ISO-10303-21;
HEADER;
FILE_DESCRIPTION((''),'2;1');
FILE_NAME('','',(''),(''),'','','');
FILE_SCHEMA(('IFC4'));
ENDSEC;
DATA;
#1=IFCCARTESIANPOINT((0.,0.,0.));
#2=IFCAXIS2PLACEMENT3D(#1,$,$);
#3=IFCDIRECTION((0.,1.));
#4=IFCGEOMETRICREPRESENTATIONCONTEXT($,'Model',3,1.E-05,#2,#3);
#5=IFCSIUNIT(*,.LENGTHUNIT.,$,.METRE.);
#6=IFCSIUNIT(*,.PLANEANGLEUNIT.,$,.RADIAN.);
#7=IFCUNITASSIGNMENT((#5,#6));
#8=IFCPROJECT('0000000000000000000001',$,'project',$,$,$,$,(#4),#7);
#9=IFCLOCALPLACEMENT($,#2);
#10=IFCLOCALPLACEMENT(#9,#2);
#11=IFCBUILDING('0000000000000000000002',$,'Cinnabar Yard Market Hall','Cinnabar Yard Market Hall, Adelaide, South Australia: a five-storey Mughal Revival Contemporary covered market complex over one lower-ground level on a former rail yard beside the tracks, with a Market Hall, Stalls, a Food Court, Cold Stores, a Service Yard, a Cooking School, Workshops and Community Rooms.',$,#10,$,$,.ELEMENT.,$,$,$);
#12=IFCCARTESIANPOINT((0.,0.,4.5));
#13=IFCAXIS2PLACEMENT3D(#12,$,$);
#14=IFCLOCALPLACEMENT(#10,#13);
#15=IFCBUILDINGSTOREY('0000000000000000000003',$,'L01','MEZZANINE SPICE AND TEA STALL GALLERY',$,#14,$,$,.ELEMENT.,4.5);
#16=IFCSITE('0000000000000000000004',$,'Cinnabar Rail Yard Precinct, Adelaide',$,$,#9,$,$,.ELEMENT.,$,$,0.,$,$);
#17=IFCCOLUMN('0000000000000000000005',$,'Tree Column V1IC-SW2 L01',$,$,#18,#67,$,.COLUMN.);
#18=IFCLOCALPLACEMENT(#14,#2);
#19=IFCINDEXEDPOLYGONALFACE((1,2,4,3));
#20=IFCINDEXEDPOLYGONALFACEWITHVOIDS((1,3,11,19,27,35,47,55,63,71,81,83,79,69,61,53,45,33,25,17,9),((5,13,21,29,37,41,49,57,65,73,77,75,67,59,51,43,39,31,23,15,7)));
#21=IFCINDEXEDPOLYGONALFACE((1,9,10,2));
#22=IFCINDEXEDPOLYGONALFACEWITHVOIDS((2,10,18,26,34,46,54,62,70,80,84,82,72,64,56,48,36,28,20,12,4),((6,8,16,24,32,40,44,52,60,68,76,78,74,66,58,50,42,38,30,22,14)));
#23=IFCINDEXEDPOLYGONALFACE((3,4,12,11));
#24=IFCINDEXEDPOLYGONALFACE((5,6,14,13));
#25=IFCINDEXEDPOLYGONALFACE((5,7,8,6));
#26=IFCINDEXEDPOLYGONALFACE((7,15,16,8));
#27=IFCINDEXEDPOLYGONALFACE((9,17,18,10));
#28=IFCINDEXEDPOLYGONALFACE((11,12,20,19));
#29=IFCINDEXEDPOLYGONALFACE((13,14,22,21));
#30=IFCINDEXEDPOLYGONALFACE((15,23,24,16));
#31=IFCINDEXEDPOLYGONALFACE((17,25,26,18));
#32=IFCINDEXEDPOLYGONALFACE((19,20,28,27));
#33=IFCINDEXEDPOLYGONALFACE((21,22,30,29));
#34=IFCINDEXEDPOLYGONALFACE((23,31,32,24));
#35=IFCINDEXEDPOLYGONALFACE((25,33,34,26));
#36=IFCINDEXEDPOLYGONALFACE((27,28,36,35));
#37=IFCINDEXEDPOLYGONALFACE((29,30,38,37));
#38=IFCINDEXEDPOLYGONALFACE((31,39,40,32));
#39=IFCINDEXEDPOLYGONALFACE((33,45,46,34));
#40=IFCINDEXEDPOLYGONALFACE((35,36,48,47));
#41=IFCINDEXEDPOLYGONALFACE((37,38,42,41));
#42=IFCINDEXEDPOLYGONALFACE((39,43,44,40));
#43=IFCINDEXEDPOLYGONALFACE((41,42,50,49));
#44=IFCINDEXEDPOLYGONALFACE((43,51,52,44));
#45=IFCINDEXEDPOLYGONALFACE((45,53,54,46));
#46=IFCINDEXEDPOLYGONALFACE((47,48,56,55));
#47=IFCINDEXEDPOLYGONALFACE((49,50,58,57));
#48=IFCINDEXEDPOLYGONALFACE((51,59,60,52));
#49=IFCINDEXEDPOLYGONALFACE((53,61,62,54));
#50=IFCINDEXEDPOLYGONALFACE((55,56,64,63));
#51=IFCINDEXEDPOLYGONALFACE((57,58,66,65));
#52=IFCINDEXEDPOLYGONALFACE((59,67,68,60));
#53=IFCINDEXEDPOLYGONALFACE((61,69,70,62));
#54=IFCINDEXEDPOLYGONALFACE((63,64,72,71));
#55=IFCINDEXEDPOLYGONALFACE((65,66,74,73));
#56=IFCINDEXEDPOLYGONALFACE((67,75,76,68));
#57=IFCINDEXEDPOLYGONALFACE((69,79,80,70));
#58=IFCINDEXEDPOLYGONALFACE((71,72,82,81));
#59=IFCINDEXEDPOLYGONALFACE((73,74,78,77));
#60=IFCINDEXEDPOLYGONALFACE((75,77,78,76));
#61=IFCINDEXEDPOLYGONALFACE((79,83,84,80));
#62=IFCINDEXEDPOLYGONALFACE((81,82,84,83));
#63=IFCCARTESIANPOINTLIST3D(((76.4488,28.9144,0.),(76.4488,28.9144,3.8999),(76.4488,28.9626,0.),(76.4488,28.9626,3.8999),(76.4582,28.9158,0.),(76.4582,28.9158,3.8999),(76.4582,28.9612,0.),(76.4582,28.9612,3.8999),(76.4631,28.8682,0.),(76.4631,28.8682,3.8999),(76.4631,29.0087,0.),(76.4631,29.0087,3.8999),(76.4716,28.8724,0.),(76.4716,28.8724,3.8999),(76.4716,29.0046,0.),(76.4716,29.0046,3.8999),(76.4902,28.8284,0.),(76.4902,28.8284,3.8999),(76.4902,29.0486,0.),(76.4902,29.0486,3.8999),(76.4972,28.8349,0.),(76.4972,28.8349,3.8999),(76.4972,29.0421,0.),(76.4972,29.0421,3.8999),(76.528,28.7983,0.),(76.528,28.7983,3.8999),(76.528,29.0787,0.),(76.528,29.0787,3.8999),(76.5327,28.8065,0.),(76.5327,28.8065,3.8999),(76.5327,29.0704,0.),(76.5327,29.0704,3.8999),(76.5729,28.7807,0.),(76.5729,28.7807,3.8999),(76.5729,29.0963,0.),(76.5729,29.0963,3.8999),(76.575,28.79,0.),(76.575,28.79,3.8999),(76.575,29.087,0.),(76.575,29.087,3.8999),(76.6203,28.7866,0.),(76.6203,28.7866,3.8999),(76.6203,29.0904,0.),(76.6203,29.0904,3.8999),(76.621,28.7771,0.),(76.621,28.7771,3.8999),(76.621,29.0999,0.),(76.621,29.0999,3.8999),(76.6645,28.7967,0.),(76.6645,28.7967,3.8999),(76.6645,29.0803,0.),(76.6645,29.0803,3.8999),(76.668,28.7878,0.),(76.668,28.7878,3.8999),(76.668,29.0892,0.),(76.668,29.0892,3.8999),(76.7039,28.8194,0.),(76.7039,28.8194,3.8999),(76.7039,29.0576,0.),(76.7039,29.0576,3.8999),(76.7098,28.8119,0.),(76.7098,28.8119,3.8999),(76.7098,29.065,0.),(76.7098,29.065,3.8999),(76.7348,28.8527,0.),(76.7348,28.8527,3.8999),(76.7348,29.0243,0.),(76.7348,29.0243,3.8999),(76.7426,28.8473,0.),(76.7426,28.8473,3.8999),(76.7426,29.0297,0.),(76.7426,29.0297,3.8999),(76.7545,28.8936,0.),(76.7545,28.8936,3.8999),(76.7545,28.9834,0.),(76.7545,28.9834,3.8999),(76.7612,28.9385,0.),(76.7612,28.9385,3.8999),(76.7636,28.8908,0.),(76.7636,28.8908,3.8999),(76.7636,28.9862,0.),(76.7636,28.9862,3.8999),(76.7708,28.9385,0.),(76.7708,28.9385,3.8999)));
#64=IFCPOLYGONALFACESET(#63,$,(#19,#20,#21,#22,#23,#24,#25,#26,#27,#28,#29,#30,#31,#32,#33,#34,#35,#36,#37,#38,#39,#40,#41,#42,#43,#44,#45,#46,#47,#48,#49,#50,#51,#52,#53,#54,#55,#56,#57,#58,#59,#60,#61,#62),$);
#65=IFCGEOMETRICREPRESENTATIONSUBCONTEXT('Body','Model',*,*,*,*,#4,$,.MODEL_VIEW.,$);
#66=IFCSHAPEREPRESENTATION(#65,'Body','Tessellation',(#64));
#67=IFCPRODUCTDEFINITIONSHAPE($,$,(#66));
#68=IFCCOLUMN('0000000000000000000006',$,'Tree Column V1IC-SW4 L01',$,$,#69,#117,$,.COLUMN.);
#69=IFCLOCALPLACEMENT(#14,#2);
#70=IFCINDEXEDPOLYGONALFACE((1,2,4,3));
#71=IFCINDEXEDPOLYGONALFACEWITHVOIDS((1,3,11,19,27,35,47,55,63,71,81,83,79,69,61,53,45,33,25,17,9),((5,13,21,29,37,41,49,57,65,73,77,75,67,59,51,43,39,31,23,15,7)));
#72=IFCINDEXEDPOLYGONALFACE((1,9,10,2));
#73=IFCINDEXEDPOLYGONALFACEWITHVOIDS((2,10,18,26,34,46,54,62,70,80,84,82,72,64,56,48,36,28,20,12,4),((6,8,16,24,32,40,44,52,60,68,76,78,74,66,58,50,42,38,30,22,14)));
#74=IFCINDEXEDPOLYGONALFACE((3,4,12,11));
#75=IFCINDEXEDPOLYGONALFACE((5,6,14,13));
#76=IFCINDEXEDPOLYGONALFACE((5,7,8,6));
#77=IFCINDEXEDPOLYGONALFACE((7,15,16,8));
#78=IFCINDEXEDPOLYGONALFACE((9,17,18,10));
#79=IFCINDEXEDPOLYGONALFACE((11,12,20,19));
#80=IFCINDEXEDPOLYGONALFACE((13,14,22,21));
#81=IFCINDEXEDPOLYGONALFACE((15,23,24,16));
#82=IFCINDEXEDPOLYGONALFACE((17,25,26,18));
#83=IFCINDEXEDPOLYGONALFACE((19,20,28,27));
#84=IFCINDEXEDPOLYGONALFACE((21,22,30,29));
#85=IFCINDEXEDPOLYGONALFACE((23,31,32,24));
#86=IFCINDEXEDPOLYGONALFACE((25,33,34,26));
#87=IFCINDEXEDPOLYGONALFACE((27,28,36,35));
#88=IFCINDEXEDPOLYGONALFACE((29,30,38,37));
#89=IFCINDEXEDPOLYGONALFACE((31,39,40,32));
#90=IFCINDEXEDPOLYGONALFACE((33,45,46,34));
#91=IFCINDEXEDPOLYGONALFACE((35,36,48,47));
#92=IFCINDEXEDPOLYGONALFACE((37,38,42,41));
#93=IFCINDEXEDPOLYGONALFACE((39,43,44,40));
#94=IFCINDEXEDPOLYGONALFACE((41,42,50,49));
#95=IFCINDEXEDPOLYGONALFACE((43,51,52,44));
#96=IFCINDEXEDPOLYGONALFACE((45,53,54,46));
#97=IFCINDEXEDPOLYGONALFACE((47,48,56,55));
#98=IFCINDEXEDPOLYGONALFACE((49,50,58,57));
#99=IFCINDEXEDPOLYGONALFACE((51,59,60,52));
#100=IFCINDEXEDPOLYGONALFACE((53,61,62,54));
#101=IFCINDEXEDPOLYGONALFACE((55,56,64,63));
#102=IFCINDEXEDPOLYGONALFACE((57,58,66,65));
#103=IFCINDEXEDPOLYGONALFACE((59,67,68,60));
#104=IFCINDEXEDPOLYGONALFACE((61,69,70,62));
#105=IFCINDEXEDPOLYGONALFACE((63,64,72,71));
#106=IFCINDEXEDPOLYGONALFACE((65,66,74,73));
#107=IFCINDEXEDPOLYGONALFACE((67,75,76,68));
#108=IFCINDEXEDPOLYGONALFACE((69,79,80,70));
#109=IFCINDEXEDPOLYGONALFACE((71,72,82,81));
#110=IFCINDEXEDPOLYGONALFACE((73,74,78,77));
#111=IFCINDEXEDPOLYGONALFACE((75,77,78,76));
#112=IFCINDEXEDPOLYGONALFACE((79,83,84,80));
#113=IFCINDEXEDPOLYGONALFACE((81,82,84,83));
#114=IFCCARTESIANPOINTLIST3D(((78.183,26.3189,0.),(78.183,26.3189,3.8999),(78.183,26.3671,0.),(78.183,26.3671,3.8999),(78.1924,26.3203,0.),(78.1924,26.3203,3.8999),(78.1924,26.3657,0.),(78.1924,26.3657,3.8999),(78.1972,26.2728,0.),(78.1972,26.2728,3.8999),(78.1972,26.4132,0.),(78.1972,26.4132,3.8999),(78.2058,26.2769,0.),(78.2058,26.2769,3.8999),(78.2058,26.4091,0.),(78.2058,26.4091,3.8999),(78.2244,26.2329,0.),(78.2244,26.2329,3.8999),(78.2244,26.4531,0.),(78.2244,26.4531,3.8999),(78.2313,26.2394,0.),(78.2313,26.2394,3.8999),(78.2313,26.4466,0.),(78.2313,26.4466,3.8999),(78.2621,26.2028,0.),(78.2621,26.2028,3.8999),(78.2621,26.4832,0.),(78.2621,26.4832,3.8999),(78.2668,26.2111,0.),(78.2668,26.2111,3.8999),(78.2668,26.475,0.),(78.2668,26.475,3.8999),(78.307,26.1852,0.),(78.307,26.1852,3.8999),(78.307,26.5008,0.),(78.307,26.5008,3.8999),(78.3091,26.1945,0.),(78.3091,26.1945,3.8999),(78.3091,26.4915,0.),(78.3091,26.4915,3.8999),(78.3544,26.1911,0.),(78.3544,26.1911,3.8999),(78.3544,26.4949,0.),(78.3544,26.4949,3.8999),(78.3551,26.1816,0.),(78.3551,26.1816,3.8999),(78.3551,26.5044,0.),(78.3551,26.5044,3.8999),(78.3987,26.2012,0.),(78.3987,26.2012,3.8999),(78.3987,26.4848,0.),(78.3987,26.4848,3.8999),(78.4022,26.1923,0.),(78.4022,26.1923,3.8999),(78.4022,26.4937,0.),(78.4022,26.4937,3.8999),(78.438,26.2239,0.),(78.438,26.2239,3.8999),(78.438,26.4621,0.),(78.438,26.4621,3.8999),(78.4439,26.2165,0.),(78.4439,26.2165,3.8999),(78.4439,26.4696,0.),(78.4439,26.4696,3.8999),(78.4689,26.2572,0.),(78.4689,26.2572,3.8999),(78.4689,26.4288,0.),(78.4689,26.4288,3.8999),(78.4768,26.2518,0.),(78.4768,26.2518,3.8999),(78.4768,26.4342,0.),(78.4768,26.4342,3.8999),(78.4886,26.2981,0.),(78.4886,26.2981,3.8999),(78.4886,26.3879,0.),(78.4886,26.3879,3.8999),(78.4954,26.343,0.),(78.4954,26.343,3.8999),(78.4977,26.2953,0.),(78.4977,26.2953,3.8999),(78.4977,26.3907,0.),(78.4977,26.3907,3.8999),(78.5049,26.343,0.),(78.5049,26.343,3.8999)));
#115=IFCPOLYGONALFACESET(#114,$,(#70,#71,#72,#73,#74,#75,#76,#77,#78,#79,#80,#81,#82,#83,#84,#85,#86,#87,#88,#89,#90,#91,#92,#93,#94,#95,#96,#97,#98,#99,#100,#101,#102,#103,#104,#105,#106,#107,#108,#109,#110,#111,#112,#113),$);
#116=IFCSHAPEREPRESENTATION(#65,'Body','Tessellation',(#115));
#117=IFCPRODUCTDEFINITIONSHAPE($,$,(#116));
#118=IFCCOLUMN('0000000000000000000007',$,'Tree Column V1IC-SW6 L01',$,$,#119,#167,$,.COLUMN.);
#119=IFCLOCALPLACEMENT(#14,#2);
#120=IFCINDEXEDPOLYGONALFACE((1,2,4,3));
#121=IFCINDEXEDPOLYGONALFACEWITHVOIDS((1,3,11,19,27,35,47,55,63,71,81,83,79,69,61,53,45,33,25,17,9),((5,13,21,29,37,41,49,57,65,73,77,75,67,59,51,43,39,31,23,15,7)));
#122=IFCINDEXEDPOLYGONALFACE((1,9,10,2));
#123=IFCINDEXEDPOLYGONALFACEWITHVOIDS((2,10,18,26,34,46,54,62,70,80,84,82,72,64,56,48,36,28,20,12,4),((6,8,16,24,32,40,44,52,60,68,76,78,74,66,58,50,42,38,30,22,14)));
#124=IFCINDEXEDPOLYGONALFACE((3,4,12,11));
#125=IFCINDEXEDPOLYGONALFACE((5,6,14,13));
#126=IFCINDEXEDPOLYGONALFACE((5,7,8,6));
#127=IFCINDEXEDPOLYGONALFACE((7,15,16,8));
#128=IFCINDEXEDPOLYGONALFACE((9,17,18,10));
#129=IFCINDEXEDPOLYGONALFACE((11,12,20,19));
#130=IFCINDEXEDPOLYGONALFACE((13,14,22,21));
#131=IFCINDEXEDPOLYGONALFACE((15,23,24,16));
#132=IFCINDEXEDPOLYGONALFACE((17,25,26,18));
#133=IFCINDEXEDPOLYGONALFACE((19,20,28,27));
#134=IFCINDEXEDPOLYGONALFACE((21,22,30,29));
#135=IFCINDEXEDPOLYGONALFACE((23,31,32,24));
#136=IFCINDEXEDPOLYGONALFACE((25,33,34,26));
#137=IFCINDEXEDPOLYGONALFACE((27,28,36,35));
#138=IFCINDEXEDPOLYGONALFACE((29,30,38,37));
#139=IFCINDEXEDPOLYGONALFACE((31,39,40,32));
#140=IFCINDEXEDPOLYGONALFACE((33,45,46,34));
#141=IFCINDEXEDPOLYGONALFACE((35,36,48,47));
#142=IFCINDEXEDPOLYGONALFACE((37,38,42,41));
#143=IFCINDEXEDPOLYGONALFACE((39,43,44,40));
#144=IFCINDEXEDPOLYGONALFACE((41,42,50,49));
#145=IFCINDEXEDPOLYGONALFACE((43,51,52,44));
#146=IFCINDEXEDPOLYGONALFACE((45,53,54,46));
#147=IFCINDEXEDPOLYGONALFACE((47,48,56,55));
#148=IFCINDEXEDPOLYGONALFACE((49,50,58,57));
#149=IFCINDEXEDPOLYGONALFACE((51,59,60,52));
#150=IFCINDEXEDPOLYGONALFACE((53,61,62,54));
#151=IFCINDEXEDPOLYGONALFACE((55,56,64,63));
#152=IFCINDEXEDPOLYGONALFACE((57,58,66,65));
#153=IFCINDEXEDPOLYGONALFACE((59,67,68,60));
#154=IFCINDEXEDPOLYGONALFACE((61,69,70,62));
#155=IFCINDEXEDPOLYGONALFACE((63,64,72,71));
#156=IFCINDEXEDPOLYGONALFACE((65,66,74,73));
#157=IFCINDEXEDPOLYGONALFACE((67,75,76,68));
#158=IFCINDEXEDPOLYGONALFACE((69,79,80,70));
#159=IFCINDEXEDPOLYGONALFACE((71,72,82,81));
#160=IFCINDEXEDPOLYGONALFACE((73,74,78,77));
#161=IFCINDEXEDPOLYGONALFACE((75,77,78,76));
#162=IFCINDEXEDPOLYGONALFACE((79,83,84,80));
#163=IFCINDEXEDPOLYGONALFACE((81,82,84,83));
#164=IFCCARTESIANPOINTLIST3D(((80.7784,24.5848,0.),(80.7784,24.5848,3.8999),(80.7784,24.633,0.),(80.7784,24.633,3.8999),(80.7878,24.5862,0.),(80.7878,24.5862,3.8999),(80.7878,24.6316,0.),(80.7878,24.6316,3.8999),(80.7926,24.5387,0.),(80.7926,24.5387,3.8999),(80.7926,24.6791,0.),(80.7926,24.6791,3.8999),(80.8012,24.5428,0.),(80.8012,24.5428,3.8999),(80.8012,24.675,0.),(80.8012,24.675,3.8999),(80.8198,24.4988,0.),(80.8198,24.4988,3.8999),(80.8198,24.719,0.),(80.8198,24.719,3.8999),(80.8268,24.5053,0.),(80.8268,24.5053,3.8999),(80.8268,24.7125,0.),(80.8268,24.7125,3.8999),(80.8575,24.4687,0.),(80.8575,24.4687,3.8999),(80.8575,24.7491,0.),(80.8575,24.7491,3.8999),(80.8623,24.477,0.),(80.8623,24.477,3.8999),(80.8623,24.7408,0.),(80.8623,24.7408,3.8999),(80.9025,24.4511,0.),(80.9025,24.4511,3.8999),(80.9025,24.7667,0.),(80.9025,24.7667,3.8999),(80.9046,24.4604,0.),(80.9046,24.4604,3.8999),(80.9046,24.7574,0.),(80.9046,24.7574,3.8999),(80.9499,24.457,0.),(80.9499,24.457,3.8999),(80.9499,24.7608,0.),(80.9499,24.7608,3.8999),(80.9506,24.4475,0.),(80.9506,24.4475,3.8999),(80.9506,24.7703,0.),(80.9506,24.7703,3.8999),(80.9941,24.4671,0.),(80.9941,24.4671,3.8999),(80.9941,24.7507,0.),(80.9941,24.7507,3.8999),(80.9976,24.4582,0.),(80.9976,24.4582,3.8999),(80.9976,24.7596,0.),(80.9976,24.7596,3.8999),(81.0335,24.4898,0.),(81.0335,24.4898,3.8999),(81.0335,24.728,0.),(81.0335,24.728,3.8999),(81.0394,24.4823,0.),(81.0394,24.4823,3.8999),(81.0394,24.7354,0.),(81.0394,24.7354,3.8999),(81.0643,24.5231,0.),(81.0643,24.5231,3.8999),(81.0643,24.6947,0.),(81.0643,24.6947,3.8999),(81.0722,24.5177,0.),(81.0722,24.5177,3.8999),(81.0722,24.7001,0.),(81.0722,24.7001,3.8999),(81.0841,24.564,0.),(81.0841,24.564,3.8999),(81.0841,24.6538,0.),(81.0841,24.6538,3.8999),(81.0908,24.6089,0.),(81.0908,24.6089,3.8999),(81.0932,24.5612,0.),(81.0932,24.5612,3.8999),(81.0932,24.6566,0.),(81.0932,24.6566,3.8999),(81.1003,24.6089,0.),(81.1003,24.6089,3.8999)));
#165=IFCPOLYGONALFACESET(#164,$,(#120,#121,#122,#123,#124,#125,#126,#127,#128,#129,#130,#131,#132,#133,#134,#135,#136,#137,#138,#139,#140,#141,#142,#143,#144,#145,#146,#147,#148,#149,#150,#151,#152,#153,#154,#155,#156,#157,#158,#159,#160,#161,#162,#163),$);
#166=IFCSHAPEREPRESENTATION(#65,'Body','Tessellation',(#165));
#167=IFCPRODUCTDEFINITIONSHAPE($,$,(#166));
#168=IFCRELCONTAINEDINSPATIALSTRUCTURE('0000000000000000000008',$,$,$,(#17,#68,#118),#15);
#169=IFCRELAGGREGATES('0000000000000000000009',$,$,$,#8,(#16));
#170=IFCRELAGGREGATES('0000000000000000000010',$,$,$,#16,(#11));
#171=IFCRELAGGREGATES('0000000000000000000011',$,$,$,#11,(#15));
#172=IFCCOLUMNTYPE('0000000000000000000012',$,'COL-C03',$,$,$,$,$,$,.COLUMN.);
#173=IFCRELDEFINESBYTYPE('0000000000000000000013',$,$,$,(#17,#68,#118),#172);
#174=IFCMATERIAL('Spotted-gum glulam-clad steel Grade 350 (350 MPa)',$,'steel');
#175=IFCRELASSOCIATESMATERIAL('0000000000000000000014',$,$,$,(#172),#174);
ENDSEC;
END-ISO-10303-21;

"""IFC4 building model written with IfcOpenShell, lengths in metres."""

from ifc_helpers import new_model, si_unit, direction, frame, origin, origin_2d_with_axis, place, context, subcontext, project, spatial, hollow_circle, extrude, material, material_profile, profile_set, type_object, element, save


model = new_model("IFC4")

# Units and contexts
model_context = context("Model", 3, precision=1e-05, world=origin(), true_north=direction((0.0, 1.0)))
body_context = subcontext(model_context, "Body", "Model", "MODEL_VIEW")
ifc_project = project(units=[si_unit("LENGTHUNIT", "METRE"), si_unit("PLANEANGLEUNIT", "RADIAN")], contexts=[model_context])

# Site, building, storey
site_placement = place(None, origin())
site = spatial("IfcSite", under=ifc_project, at=site_placement, Name="Cinnabar Rail Yard Precinct, Adelaide", CompositionType="ELEMENT", RefElevation=0.0)
building_placement = place(site_placement, origin())
building = spatial("IfcBuilding", under=site, at=building_placement, Name="Cinnabar Yard Market Hall", Description="Cinnabar Yard Market Hall, Adelaide, South Australia: a five-storey Mughal Revival Contemporary covered market complex over one lower-ground level on a former rail yard beside the tracks, with a Market Hall, Stalls, a Food Court, Cold Stores, a Service Yard, a Cooking School, Workshops and Community Rooms.", CompositionType="ELEMENT")
storey_placement = place(building_placement, frame((0.0, 0.0, 4.5)))
storey = spatial("IfcBuildingStorey", under=building, at=storey_placement, Name="L01", Description="MEZZANINE SPICE AND TEA STALL GALLERY", CompositionType="ELEMENT", Elevation=4.5)

# Columns
ifc_material_1 = material(Name="Spotted-gum glulam-clad steel Grade 350 (350 MPa)", Category="steel")
ifc_material_profile_1 = material_profile(ifc_material_1, hollow_circle(Radius=0.1619, WallThickness=0.0095, at=origin_2d_with_axis()), Name="323.9x9.5CHS")
ifc_profile_set_1 = profile_set([ifc_material_profile_1], Name="Spotted-gum glulam-clad steel Grade 350 (350 MPa)")
column_type_1 = type_object("IfcColumnType", Name="COL-C03", PredefinedType="COLUMN", material=ifc_profile_set_1)
for number, where, z_axis, x_axis, name in (
    (1, (76.6089, 28.9385, 0.0), (0.0, 0.0, 1.0), (1.0, 0.0, 0.0), "Tree Column V1IC-SW2 L01"),
    (2, (78.343, 26.343, 0.0), (0.0, 0.0, 1.0), (1.0, 0.0, 0.0), "Tree Column V1IC-SW4 L01"),
    (3, (80.9385, 24.6089, 0.0), (0.0, 0.0, 1.0), (1.0, 0.0, 0.0), "Tree Column V1IC-SW6 L01"),
):
    element("IfcColumn", number, at=place(storey_placement, frame(where, z_axis=z_axis, x_axis=x_axis)), inside=storey, type_object=column_type_1, Name=name, PredefinedType="COLUMN", context=body_context, shape_type="SweptSolid", body=[
        extrude(hollow_circle(Radius=0.1619, WallThickness=0.0095, at=origin_2d_with_axis()), origin(), (0.0, 0.0, 1.0), 3.8999),
    ])

save(model, "model.ifc")
